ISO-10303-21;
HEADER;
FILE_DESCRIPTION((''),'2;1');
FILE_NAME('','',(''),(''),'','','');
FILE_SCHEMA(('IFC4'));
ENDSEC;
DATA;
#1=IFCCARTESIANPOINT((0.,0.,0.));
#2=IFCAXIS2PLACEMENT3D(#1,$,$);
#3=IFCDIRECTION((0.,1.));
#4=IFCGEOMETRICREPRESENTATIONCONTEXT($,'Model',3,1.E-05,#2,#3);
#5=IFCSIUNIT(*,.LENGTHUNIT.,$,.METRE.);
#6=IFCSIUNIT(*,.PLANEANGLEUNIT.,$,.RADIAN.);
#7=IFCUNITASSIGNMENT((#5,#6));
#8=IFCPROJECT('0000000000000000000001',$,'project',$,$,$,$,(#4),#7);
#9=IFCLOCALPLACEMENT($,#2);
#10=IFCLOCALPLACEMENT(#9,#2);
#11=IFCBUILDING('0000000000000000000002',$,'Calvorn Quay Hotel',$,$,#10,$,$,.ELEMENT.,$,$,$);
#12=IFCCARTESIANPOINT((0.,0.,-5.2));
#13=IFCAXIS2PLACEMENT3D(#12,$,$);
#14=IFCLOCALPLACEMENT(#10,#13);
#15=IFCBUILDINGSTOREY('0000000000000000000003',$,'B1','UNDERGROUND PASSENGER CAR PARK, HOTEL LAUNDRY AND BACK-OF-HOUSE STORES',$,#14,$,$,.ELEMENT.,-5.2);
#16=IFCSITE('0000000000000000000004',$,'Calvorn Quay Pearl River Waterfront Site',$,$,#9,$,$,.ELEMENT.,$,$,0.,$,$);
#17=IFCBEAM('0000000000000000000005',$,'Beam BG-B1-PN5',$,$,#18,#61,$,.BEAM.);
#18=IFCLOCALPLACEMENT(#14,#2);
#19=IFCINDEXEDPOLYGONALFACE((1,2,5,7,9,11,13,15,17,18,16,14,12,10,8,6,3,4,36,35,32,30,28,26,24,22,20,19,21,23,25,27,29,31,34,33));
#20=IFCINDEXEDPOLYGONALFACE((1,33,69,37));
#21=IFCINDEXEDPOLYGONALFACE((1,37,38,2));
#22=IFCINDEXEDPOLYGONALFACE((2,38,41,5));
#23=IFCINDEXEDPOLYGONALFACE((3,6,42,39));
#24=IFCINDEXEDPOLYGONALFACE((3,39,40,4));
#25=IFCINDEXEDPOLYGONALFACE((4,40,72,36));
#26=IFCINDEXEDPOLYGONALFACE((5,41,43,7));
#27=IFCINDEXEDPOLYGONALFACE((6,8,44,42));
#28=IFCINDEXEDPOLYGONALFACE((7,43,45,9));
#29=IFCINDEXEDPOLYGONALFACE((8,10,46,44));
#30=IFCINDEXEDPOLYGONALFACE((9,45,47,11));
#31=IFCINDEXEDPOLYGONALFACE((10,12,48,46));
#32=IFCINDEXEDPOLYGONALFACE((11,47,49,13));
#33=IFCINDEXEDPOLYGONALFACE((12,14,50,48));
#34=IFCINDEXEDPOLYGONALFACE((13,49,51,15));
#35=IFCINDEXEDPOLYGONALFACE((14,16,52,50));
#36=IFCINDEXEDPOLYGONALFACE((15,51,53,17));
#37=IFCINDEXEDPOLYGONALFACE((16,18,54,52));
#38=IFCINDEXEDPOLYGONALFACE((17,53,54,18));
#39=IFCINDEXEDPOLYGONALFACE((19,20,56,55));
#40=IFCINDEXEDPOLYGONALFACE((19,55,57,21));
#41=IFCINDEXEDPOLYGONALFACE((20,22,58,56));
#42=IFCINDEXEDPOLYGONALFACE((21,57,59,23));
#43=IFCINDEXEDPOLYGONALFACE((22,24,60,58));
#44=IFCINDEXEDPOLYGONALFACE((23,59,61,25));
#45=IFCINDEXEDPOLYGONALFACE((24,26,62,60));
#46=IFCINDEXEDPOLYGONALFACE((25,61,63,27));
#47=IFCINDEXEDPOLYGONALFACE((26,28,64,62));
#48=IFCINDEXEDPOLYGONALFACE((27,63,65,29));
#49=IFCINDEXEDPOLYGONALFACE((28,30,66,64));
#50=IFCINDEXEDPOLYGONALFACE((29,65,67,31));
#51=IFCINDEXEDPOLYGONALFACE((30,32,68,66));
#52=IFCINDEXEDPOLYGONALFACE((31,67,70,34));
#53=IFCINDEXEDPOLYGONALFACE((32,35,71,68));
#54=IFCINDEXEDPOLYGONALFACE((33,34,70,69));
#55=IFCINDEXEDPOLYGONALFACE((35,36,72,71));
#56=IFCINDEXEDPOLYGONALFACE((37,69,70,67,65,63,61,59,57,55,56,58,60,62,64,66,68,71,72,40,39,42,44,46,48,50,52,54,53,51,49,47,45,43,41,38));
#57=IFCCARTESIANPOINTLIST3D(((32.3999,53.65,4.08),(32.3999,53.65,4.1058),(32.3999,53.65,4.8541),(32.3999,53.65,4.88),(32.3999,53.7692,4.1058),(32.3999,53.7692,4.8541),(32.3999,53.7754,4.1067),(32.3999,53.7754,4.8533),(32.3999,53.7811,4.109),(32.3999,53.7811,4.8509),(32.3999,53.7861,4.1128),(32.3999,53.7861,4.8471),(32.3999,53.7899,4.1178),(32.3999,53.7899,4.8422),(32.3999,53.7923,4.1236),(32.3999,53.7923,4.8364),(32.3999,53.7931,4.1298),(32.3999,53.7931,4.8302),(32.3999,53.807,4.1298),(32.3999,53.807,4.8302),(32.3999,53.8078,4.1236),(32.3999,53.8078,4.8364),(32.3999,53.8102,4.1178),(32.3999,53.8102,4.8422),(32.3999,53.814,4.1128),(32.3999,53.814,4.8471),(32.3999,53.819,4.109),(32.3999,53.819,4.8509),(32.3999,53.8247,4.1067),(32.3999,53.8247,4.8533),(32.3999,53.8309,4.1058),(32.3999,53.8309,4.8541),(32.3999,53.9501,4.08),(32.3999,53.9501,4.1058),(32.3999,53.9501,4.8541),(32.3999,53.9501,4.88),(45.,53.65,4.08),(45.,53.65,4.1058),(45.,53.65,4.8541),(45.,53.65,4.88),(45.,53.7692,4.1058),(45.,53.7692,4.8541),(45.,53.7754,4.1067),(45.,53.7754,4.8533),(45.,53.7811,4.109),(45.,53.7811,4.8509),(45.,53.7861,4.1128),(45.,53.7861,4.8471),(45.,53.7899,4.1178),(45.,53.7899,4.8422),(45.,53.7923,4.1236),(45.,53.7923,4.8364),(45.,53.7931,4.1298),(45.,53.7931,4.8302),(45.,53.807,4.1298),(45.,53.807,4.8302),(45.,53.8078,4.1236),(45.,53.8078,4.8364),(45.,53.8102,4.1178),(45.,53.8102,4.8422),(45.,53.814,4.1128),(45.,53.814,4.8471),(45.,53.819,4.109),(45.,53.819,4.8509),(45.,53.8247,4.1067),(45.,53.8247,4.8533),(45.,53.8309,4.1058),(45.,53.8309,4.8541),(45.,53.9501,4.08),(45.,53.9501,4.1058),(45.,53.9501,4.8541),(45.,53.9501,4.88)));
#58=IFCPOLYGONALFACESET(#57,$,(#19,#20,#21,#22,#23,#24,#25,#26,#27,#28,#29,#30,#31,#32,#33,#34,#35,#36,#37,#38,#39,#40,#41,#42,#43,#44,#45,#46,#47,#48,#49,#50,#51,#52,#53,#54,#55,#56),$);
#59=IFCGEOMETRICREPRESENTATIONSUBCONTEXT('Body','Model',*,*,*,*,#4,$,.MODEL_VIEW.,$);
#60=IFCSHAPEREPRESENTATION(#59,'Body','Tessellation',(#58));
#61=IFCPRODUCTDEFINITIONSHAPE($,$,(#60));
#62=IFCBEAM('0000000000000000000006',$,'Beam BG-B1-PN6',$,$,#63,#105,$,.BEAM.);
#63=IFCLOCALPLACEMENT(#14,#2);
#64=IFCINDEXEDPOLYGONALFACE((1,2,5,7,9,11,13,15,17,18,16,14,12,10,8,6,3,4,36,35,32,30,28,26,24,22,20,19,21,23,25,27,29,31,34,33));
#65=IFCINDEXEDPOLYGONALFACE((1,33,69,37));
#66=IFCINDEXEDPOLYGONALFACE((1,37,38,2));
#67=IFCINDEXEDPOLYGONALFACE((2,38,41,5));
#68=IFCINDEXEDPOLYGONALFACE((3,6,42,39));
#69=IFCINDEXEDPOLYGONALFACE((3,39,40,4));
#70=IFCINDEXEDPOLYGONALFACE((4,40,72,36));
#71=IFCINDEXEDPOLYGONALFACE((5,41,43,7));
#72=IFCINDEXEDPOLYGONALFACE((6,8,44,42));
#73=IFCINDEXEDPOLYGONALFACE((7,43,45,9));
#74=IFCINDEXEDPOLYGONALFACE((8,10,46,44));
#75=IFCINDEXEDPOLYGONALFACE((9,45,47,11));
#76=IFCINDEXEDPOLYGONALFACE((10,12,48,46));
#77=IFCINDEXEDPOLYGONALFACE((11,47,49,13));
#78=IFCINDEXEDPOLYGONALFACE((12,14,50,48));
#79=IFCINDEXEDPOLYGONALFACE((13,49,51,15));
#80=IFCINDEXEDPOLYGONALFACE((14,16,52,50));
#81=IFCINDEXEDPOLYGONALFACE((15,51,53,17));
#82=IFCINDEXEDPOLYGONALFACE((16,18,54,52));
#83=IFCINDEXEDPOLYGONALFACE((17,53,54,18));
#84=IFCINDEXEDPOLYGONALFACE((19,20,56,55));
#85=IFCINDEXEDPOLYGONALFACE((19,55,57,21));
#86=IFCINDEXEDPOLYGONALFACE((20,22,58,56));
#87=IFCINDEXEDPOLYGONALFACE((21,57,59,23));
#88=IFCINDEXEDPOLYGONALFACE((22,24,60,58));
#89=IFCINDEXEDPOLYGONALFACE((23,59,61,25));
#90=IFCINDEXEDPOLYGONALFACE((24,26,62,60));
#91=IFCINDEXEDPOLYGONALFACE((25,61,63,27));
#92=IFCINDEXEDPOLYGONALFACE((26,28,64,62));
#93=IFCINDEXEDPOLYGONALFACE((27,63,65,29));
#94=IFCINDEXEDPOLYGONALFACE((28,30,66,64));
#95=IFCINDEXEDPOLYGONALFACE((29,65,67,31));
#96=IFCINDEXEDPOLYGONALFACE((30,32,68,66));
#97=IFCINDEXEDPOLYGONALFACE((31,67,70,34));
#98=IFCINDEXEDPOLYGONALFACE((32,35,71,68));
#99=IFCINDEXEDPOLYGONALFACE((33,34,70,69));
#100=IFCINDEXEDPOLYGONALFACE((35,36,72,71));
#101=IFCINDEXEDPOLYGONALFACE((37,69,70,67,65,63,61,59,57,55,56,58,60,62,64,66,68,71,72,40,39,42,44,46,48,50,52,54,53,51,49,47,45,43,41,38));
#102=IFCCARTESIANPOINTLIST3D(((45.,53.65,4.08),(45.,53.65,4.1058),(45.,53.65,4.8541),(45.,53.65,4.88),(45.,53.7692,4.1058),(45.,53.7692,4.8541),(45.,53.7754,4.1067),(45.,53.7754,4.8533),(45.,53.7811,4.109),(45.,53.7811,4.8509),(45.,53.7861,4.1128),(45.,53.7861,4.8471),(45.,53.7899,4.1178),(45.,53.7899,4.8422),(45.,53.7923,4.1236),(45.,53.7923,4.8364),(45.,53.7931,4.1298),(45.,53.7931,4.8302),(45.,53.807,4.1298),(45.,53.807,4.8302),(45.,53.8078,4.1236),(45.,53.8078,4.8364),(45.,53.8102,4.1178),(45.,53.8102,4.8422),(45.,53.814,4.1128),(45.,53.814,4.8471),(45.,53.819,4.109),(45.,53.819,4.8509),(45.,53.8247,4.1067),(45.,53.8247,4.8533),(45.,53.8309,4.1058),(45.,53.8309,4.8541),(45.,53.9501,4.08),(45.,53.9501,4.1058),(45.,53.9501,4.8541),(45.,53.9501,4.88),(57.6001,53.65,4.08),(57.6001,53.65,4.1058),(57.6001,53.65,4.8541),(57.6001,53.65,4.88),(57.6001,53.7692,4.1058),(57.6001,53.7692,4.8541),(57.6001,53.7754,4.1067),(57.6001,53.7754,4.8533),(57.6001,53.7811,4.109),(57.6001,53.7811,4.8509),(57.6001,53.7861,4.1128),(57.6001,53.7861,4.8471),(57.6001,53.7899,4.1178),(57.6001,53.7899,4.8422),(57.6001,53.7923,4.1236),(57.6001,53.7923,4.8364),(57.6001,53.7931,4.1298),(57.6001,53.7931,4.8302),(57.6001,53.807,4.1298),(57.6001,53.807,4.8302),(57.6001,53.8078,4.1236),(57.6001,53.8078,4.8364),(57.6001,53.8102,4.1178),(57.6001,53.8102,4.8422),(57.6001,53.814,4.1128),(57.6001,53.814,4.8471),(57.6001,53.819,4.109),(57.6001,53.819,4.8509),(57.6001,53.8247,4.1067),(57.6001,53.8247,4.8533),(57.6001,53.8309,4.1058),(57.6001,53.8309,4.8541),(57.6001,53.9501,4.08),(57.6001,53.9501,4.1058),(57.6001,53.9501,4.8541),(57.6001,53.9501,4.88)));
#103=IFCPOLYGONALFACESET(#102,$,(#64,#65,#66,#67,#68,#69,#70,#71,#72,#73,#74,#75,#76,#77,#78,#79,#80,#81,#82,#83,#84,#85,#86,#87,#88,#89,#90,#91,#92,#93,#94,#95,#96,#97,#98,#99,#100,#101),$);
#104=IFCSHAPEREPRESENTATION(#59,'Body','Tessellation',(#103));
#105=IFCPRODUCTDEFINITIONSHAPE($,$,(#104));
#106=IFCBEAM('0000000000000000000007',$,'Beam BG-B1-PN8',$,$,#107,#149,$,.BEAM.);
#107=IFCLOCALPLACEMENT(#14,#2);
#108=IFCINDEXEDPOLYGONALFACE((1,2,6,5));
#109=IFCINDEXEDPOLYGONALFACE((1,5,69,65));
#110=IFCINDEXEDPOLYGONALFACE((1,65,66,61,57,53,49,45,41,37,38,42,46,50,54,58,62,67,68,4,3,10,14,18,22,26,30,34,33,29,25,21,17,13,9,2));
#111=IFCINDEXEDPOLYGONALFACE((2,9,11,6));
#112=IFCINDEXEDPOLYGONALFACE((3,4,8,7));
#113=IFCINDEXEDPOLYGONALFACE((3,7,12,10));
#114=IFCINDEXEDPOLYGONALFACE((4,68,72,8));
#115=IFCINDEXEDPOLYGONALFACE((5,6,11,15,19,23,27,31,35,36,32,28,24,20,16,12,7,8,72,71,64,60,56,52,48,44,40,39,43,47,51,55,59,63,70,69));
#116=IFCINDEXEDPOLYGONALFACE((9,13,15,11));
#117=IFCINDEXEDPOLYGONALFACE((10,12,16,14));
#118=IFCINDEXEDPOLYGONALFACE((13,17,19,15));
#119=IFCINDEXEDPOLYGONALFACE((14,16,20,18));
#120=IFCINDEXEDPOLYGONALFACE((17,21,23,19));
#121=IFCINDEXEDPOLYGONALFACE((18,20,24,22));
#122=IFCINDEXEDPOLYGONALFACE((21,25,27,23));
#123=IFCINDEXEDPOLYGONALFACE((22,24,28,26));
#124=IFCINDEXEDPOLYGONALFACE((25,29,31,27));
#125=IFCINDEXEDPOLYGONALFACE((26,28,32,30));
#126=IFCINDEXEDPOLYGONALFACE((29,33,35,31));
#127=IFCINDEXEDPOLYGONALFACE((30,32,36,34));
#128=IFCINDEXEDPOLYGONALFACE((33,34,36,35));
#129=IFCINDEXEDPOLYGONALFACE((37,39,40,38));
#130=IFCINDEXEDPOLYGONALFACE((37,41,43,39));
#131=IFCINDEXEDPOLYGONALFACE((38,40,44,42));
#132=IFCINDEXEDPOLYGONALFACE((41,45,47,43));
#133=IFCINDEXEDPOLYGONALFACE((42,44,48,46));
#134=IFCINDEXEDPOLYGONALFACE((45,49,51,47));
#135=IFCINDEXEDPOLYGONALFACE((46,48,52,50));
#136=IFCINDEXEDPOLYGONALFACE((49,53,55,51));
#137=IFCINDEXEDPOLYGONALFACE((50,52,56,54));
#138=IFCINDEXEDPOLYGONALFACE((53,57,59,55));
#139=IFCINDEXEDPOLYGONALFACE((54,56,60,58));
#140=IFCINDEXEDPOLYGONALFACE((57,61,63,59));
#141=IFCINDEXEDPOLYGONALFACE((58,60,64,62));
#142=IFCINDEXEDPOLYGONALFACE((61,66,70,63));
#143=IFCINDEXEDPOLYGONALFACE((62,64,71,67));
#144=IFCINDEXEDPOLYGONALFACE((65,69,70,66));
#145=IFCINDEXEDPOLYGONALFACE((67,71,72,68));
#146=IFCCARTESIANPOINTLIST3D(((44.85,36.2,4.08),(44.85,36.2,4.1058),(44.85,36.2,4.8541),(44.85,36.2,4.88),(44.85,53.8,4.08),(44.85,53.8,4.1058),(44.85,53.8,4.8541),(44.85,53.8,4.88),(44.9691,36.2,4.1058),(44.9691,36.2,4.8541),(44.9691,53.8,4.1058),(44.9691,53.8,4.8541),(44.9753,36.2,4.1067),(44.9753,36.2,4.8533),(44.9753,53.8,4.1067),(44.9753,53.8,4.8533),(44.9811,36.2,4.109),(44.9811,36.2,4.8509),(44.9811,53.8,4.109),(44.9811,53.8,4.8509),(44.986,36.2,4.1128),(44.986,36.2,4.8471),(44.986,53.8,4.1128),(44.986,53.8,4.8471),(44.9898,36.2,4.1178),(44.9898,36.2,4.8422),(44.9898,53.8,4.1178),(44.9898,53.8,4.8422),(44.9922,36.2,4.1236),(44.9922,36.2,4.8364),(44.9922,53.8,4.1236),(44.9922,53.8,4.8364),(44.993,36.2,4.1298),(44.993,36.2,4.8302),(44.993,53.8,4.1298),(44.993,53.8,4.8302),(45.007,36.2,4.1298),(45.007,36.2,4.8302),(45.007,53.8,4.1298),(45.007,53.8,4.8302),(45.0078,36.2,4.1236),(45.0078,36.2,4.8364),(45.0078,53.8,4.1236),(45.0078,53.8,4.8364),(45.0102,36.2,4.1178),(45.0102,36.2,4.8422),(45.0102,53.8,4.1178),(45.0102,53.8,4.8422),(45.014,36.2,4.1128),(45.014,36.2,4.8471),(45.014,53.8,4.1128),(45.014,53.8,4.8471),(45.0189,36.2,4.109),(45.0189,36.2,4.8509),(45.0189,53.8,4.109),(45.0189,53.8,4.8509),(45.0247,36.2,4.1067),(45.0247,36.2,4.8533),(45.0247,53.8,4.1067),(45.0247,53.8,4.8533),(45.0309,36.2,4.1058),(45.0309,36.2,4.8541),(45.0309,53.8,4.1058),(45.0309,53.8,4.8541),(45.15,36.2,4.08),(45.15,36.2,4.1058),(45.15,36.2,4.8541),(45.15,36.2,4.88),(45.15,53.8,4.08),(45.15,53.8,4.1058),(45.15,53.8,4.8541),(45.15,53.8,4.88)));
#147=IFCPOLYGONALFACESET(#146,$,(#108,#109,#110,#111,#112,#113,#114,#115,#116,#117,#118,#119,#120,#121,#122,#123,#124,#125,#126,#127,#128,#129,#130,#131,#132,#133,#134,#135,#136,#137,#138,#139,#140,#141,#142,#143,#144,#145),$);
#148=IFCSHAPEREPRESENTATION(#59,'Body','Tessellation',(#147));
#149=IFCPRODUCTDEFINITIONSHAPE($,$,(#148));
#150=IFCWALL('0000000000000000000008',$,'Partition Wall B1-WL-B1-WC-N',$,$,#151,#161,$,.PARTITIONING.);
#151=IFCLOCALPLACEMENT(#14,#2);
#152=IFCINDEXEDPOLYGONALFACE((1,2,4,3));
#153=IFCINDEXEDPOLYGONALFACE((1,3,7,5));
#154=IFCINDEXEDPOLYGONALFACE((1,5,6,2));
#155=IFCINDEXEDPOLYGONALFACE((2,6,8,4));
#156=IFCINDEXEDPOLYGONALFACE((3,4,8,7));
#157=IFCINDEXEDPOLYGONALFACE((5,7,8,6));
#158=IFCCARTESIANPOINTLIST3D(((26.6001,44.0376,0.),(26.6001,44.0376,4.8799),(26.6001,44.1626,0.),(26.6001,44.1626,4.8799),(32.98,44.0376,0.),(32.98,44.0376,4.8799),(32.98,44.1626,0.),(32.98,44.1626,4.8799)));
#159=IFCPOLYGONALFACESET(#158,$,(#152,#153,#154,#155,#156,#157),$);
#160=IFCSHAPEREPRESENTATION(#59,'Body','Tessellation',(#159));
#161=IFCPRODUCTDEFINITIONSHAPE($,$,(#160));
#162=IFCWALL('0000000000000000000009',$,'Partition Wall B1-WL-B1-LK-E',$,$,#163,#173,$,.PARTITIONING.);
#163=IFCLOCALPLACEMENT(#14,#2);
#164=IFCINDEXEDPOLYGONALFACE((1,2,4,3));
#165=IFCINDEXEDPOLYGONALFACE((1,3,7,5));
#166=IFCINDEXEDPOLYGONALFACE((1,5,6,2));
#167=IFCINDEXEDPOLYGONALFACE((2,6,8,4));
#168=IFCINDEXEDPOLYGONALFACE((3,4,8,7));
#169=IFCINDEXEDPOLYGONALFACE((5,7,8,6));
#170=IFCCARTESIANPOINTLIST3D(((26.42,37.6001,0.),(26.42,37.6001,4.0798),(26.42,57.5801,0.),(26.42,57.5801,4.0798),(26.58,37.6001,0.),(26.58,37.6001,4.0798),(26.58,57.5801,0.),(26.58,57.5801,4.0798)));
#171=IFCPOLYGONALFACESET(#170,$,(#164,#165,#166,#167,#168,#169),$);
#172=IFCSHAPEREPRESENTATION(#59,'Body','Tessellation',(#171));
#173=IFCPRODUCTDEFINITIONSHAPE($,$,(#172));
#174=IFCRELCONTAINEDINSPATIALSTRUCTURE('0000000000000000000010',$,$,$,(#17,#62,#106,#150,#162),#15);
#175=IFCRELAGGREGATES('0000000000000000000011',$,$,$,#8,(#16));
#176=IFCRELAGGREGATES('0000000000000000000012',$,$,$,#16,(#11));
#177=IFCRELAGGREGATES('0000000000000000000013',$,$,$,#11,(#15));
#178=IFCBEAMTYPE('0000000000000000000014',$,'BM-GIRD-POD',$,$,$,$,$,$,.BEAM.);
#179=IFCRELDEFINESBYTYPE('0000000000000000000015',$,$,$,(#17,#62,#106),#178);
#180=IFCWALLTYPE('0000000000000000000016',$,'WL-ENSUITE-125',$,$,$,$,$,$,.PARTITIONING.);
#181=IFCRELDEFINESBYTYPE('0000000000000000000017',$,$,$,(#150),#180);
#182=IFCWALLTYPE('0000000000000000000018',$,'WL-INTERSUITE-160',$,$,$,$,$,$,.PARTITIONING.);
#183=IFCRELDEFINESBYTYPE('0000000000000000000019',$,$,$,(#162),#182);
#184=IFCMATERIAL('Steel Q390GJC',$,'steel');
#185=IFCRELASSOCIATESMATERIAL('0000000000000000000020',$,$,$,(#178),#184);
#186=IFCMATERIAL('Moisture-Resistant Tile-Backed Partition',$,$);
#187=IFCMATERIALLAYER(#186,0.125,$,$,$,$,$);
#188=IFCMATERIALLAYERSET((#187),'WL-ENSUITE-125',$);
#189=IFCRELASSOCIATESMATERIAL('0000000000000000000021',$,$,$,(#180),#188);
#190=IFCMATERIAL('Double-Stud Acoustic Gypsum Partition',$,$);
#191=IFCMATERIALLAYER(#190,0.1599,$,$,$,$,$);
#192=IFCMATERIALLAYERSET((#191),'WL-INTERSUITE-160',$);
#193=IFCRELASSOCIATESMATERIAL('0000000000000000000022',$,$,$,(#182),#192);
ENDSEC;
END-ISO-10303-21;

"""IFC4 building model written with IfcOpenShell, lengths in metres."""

from ifc_helpers import new_model, si_unit, direction, frame, frame_2d, origin, origin_2d, place, context, subcontext, project, spatial, rectangle, i_section, extrude, material, layer, layer_set, material_profile, profile_set, type_object, element, save


model = new_model("IFC4")

# Units and contexts
model_context = context("Model", 3, precision=1e-05, world=origin(), true_north=direction((0.0, 1.0)))
body_context = subcontext(model_context, "Body", "Model", "MODEL_VIEW")
ifc_project = project(units=[si_unit("LENGTHUNIT", "METRE"), si_unit("PLANEANGLEUNIT", "RADIAN")], contexts=[model_context])

# Site, building, storey
site_placement = place(None, origin())
site = spatial("IfcSite", under=ifc_project, at=site_placement, Name="Calvorn Quay Pearl River Waterfront Site", CompositionType="ELEMENT", RefElevation=0.0)
building_placement = place(site_placement, origin())
building = spatial("IfcBuilding", under=site, at=building_placement, Name="Calvorn Quay Hotel", CompositionType="ELEMENT")
storey_placement = place(building_placement, frame((0.0, 0.0, -5.2)))
storey = spatial("IfcBuildingStorey", under=building, at=storey_placement, Name="B1", Description="UNDERGROUND PASSENGER CAR PARK, HOTEL LAUNDRY AND BACK-OF-HOUSE STORES", CompositionType="ELEMENT", Elevation=-5.2)

# Beams
ifc_material_1 = material(Name="Steel Q390GJC", Category="steel")
ifc_material_profile_1 = material_profile(ifc_material_1, i_section(OverallWidth=0.3, OverallDepth=0.8, WebThickness=0.0139, FlangeThickness=0.0259, FilletRadius=0.0239, at=origin_2d()), Name="HN800x300x14x26")
ifc_profile_set_1 = profile_set([ifc_material_profile_1], Name="Steel Q390GJC")
beam_type = type_object("IfcBeamType", Name="BM-GIRD-POD", PredefinedType="BEAM", material=ifc_profile_set_1)
for number, where, z_axis, x_axis, name in (
    (1, (32.3999, 53.8, 4.48), (1.0, 0.0, 0.0), (0.0, 1.0, 0.0), "Beam BG-B1-PN5"),
    (2, (45.0, 53.8, 4.48), (1.0, 0.0, 0.0), (0.0, 1.0, 0.0), "Beam BG-B1-PN6"),
):
    element("IfcBeam", number, at=place(storey_placement, frame(where, z_axis=z_axis, x_axis=x_axis)), inside=storey, type_object=beam_type, Name=name, PredefinedType="BEAM", context=body_context, shape_type="SweptSolid", body=[
        extrude(i_section(OverallWidth=0.3, OverallDepth=0.8, WebThickness=0.0139, FlangeThickness=0.0259, FilletRadius=0.0239, at=origin_2d()), origin(), (0.0, 0.0, 1.0), 12.6001),
    ])
beam_placement = place(storey_placement, frame((45.0, 36.2, 4.48), z_axis=(0.0, 1.0, 0.0), x_axis=(-1.0, 0.0, 0.0)))
element("IfcBeam", 3, at=beam_placement, inside=storey, type_object=beam_type, Name="Beam BG-B1-PN8", PredefinedType="BEAM", context=body_context, shape_type="SweptSolid", body=[
    extrude(i_section(OverallWidth=0.3, OverallDepth=0.8, WebThickness=0.0139, FlangeThickness=0.0259, FilletRadius=0.0239, at=origin_2d()), origin(), (0.0, 0.0, 1.0), 17.6001),
])

# Walls
ifc_material_2 = material(Name="Moisture-Resistant Tile-Backed Partition")
ifc_layer_1 = layer(ifc_material_2, 0.125)
ifc_layer_set_1 = layer_set([ifc_layer_1], Name="WL-ENSUITE-125")
wall_type_1 = type_object("IfcWallType", Name="WL-ENSUITE-125", PredefinedType="PARTITIONING", material=ifc_layer_set_1)
wall_1_placement = place(storey_placement, frame((26.6001, 44.1001, 0.0), z_axis=(0.0, 0.0, 1.0), x_axis=(1.0, 0.0, 0.0)))
element("IfcWall", 4, at=wall_1_placement, inside=storey, type_object=wall_type_1, Name="Partition Wall B1-WL-B1-WC-N", PredefinedType="PARTITIONING", context=body_context, shape_type="SweptSolid", body=[
    extrude(rectangle(XDim=6.3799, YDim=0.125, at=frame_2d((3.1899, 0.0))), origin(), (0.0, 0.0, 1.0), 4.8799),
])
ifc_material_3 = material(Name="Double-Stud Acoustic Gypsum Partition")
ifc_layer_2 = layer(ifc_material_3, 0.1599)
ifc_layer_set_2 = layer_set([ifc_layer_2], Name="WL-INTERSUITE-160")
wall_type_2 = type_object("IfcWallType", Name="WL-INTERSUITE-160", PredefinedType="PARTITIONING", material=ifc_layer_set_2)
wall_2_placement = place(storey_placement, frame((26.5, 37.6001, 0.0), z_axis=(0.0, 0.0, 1.0), x_axis=(0.0, 1.0, 0.0)))
element("IfcWall", 5, at=wall_2_placement, inside=storey, type_object=wall_type_2, Name="Partition Wall B1-WL-B1-LK-E", PredefinedType="PARTITIONING", context=body_context, shape_type="SweptSolid", body=[
    extrude(rectangle(XDim=19.98, YDim=0.1599, at=frame_2d((9.99, 0.0))), origin(), (0.0, 0.0, 1.0), 4.0798),
])

save(model, "model.ifc")
